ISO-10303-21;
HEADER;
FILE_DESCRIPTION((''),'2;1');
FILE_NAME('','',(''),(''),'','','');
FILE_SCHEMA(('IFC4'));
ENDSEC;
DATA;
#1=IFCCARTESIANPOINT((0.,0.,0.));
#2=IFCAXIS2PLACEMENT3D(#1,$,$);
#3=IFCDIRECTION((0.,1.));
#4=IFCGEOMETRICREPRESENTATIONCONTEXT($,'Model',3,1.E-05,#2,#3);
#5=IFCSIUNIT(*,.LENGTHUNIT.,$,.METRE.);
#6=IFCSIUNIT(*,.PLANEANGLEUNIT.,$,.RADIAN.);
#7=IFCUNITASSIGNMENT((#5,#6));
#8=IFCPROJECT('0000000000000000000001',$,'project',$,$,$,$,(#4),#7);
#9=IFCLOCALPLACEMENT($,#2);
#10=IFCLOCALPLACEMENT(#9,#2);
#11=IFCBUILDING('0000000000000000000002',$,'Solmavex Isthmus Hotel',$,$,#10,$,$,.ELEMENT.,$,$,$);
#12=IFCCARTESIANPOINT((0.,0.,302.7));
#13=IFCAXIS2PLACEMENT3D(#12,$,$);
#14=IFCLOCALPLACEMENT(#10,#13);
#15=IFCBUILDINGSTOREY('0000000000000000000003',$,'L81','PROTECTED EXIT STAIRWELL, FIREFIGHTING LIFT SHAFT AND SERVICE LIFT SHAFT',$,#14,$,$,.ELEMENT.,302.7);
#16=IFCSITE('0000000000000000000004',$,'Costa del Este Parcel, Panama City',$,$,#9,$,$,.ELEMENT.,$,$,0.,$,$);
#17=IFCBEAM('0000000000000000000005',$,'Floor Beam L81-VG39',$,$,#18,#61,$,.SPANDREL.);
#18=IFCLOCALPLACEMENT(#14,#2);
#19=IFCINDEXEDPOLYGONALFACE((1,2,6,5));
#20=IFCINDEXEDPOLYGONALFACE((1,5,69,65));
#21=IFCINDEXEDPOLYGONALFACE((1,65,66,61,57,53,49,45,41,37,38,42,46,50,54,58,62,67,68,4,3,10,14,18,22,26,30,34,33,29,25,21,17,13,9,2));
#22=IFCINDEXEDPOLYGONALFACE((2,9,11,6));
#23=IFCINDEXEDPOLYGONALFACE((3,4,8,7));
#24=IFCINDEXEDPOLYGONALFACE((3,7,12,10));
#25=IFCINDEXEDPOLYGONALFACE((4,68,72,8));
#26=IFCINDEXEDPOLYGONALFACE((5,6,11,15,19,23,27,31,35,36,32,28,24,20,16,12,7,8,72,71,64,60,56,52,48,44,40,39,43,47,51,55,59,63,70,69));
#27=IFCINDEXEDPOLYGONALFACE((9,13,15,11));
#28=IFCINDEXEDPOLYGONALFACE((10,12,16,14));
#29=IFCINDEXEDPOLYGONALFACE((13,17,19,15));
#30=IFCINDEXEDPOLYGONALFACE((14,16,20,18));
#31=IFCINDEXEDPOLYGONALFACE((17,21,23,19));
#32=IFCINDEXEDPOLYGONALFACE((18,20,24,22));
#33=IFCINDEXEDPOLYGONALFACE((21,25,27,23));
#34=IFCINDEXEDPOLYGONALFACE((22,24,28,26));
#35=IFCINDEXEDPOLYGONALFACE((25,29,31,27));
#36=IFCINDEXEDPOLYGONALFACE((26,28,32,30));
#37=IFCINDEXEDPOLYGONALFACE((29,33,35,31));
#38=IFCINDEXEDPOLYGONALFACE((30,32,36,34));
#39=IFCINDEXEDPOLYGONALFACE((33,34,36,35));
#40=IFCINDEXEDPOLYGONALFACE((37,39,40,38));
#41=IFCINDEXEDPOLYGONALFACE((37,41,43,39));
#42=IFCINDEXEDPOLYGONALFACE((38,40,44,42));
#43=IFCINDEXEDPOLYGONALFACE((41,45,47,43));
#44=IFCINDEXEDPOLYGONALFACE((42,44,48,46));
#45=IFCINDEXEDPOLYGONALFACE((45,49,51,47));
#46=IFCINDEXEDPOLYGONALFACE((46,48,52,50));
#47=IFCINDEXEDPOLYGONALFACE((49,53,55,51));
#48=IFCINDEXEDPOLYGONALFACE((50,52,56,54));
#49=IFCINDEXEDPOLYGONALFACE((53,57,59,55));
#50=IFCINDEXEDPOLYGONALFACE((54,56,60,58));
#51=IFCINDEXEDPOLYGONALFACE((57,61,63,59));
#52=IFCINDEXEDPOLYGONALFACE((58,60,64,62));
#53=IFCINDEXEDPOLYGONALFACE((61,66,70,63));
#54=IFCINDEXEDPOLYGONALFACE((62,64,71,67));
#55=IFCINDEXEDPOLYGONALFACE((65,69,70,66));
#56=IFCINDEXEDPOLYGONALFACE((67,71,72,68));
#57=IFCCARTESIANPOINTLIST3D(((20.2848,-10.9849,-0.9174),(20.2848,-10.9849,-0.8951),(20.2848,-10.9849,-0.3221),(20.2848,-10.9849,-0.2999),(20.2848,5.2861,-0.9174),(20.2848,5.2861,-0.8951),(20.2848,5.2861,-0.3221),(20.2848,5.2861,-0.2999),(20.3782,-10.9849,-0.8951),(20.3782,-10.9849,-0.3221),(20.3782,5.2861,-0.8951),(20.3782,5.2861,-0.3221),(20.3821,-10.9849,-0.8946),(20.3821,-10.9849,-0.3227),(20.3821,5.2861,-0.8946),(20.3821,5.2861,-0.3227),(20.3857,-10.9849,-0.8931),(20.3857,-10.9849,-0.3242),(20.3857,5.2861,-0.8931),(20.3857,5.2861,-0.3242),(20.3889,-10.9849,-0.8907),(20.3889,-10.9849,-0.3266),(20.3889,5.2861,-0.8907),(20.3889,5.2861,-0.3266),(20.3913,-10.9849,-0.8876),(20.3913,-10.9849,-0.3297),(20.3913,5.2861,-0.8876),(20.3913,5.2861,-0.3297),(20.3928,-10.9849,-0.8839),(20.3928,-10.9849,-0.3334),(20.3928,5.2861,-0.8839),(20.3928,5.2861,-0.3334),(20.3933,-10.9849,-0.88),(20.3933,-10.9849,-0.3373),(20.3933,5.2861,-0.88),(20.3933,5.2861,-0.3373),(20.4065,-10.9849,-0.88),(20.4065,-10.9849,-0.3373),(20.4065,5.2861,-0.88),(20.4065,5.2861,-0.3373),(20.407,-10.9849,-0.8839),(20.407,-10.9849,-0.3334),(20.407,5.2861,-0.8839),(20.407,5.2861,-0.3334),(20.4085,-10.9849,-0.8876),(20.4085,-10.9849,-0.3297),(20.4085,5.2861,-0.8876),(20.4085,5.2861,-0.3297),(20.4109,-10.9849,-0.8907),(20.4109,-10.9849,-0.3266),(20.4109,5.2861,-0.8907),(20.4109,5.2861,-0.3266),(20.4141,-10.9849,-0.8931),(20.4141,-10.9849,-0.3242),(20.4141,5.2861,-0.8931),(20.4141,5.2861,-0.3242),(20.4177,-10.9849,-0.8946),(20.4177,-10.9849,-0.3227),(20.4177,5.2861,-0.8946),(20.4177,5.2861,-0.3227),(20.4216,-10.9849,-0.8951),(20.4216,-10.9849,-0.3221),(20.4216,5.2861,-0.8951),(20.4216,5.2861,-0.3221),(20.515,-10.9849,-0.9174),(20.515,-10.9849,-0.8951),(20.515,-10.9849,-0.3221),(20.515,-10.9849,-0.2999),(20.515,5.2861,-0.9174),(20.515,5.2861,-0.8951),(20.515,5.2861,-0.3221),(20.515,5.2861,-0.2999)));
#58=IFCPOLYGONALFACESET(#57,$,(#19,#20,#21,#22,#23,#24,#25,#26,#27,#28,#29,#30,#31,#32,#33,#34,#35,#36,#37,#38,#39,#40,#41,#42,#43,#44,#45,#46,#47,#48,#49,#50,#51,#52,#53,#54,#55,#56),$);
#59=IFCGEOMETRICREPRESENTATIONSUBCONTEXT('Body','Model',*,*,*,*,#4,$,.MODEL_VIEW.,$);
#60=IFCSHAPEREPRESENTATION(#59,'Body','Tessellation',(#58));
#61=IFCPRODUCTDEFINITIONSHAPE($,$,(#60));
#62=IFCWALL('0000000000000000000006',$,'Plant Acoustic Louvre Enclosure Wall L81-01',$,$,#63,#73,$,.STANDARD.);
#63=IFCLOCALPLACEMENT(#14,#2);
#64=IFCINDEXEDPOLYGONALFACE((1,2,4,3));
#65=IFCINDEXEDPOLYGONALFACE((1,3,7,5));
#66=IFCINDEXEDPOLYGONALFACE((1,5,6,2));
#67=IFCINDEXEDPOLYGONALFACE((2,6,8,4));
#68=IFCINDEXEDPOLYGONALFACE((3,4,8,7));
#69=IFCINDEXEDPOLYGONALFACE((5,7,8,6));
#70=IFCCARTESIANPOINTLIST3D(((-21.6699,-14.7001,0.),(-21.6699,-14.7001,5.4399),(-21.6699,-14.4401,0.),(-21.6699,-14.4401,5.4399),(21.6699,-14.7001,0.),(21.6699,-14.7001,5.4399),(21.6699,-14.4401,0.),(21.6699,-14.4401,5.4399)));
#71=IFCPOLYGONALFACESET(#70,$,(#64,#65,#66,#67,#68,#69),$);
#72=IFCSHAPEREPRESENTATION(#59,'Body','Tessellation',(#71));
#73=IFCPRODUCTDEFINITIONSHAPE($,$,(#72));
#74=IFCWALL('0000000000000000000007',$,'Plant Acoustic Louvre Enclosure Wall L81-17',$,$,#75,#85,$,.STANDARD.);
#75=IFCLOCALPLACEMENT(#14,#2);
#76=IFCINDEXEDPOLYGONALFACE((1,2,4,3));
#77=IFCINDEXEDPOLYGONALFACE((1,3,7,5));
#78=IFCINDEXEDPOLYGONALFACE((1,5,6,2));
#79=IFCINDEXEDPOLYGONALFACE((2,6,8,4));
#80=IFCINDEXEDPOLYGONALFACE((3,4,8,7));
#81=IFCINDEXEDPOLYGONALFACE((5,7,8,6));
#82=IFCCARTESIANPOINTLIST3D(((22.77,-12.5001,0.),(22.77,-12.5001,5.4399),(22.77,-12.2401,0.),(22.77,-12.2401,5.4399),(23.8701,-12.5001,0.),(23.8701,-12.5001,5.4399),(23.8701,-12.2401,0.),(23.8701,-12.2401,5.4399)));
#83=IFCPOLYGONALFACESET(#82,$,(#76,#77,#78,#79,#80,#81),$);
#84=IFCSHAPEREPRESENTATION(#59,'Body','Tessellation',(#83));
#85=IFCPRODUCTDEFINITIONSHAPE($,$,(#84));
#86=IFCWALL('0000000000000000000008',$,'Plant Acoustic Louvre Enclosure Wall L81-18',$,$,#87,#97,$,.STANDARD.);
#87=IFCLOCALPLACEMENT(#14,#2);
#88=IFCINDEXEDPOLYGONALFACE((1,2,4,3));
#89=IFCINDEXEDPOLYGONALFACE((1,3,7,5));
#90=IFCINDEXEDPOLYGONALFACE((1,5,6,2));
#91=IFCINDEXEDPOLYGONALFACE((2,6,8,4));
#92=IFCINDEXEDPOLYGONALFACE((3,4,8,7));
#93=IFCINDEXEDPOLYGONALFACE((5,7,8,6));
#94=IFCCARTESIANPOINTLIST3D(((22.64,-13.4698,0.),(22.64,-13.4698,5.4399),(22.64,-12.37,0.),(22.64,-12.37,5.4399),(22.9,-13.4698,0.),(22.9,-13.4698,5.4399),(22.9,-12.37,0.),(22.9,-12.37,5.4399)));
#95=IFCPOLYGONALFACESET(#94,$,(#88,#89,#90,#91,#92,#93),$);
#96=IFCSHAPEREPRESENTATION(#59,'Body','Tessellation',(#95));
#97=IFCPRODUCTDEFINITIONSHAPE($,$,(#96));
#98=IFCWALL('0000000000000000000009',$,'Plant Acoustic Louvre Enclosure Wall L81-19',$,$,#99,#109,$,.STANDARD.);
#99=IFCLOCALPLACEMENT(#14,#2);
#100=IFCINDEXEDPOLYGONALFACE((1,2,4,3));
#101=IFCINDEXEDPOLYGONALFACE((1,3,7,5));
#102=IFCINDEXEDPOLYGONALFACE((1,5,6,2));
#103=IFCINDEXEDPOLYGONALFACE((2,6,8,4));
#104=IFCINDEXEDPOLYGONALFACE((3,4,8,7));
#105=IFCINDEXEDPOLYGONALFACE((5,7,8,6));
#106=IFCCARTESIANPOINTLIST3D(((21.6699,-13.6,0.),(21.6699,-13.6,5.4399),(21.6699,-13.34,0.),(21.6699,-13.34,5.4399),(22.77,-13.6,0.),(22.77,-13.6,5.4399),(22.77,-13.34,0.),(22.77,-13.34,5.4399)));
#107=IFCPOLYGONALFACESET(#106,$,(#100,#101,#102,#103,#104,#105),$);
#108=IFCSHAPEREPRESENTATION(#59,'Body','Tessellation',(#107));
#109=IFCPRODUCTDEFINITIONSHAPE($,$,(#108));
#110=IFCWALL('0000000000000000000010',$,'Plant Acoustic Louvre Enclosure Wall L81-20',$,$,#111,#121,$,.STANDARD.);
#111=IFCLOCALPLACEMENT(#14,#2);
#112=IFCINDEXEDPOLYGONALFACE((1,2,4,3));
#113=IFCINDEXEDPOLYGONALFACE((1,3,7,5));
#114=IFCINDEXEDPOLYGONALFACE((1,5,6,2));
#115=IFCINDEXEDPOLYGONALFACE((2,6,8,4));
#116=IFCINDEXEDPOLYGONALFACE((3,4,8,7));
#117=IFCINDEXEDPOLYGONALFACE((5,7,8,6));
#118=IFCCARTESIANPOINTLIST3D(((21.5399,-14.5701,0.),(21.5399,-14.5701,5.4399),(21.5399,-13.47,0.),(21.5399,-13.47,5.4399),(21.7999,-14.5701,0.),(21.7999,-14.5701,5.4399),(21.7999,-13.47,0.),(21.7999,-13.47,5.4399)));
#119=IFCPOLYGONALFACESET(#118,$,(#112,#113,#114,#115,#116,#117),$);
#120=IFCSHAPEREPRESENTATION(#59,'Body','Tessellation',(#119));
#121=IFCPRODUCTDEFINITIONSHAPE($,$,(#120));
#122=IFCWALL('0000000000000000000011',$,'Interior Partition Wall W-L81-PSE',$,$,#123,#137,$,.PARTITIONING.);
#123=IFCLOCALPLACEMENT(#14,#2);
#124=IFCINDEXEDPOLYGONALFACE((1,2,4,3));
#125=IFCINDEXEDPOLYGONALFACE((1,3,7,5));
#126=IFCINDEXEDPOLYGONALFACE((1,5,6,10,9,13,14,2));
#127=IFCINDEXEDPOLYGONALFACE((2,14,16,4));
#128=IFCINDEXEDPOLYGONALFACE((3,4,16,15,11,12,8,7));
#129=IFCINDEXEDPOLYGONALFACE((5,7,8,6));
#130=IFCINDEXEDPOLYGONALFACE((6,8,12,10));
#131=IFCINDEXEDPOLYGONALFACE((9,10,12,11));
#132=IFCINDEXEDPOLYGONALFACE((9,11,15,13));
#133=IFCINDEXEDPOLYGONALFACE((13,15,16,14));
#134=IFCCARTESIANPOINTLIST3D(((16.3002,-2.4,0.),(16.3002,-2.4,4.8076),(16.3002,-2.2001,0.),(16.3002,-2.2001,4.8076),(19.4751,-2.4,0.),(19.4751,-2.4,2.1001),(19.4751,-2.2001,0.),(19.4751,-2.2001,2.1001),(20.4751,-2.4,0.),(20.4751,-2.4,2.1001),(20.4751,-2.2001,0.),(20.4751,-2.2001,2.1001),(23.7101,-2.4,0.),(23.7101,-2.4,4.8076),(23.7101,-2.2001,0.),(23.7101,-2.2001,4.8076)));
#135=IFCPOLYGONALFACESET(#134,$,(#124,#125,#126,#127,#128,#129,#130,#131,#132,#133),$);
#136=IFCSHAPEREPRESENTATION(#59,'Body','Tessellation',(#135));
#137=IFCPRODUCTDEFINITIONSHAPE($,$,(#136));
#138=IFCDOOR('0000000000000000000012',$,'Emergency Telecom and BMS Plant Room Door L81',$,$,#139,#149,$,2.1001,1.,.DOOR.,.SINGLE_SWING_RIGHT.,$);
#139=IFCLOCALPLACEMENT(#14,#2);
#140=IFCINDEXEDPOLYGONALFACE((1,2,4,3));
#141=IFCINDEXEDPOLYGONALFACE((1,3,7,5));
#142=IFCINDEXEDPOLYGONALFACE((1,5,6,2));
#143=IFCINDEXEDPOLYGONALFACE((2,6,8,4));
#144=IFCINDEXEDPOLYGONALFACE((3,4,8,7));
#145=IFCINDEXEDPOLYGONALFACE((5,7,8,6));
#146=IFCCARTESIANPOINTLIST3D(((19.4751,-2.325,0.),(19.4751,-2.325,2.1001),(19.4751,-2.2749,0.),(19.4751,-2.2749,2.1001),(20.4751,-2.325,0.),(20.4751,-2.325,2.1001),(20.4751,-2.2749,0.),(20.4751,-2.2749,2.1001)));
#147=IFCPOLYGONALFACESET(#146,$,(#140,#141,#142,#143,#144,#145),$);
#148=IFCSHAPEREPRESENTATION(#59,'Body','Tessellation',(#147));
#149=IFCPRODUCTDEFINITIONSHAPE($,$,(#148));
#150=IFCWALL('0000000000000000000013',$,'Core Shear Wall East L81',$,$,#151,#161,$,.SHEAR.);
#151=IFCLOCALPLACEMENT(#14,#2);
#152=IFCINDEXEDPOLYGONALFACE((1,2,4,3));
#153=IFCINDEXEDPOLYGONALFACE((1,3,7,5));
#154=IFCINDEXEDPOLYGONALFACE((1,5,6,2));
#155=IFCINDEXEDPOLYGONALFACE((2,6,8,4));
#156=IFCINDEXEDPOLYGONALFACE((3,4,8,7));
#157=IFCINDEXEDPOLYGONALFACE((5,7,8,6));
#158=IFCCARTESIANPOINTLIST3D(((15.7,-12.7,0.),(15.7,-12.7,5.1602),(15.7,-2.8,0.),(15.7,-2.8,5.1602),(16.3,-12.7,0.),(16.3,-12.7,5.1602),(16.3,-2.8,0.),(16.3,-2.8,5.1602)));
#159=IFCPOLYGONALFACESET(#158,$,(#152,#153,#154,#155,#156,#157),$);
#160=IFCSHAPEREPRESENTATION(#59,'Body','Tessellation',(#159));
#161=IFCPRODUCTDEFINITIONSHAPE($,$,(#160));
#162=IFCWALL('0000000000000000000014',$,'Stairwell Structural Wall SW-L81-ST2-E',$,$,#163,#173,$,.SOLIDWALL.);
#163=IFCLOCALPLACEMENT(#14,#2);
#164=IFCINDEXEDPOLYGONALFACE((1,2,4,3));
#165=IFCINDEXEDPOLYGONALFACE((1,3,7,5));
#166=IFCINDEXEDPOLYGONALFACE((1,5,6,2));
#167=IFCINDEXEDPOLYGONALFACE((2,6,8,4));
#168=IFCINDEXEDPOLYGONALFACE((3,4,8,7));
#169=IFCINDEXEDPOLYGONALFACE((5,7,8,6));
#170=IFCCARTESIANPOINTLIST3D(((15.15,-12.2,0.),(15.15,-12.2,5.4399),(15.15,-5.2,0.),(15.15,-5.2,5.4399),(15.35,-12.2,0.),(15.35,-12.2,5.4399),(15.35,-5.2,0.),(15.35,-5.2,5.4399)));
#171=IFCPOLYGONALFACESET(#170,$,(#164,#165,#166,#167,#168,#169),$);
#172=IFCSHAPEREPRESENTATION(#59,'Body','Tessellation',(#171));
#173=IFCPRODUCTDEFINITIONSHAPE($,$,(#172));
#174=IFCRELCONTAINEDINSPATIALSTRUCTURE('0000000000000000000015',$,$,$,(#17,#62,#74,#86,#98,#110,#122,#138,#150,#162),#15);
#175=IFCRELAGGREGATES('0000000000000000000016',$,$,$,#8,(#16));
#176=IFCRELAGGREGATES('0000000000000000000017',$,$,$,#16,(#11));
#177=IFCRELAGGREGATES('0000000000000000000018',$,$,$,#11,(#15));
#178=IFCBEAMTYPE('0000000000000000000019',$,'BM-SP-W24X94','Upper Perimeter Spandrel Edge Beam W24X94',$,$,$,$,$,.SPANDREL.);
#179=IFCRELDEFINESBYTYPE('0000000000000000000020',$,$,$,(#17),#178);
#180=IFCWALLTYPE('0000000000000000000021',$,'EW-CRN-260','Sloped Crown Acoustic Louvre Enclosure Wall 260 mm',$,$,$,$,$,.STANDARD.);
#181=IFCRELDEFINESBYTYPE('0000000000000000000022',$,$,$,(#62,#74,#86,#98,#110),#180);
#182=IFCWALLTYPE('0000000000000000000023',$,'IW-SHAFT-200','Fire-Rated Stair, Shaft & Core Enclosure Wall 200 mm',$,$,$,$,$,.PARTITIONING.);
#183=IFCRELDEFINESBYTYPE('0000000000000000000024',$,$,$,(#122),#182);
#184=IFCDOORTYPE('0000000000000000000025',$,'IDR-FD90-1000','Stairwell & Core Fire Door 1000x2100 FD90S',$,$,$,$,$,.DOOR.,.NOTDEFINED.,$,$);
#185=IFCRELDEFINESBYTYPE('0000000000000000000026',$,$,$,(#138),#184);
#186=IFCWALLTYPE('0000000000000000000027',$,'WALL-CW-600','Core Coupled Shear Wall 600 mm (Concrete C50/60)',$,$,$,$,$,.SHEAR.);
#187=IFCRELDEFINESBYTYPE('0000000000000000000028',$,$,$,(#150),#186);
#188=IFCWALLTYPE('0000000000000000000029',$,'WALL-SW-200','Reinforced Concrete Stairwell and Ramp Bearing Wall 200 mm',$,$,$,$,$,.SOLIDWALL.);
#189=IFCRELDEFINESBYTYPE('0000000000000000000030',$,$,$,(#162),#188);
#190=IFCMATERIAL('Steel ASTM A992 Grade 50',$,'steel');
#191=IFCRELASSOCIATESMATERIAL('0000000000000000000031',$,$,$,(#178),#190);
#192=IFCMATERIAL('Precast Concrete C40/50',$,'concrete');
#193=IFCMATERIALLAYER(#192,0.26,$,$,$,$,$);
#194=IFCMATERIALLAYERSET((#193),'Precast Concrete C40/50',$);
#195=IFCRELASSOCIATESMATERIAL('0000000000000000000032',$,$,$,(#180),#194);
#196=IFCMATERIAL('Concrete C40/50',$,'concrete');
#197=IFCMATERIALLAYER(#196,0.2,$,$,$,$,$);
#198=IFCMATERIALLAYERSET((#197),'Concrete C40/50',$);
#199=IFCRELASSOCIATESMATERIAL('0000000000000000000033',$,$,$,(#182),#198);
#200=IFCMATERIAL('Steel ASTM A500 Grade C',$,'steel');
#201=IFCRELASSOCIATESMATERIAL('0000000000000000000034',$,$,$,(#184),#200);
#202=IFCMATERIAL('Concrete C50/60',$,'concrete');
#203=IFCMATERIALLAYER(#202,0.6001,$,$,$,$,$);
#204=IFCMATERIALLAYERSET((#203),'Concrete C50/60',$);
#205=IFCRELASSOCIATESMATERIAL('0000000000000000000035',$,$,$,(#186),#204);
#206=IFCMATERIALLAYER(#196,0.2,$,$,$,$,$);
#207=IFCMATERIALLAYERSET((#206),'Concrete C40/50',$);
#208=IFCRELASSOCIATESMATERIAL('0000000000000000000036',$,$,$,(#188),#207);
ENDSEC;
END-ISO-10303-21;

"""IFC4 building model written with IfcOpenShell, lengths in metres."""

from ifc_helpers import new_model, si_unit, direction, frame, frame_2d, origin, origin_2d, place, context, subcontext, project, spatial, rectangle, i_section, extrude, material, layer, layer_set, material_profile, profile_set, type_object, element, fill, save


model = new_model("IFC4")

# Units and contexts
model_context = context("Model", 3, precision=1e-05, world=origin(), true_north=direction((0.0, 1.0)))
body_context = subcontext(model_context, "Body", "Model", "MODEL_VIEW")
ifc_project = project(units=[si_unit("LENGTHUNIT", "METRE"), si_unit("PLANEANGLEUNIT", "RADIAN")], contexts=[model_context])

# Site, building, storey
site_placement = place(None, origin())
site = spatial("IfcSite", under=ifc_project, at=site_placement, Name="Costa del Este Parcel, Panama City", CompositionType="ELEMENT", RefElevation=0.0)
building_placement = place(site_placement, origin())
building = spatial("IfcBuilding", under=site, at=building_placement, Name="Solmavex Isthmus Hotel", CompositionType="ELEMENT")
storey_placement = place(building_placement, frame((0.0, 0.0, 302.7)))
storey = spatial("IfcBuildingStorey", under=building, at=storey_placement, Name="L81", Description="PROTECTED EXIT STAIRWELL, FIREFIGHTING LIFT SHAFT AND SERVICE LIFT SHAFT", CompositionType="ELEMENT", Elevation=302.7)

# Shared definitions
ifc_material_1 = material(Name="Concrete C50/60", Category="concrete")

# Beam
ifc_material_2 = material(Name="Steel ASTM A992 Grade 50", Category="steel")
ifc_material_profile_1 = material_profile(ifc_material_2, i_section(OverallWidth=0.2302, OverallDepth=0.6174, WebThickness=0.0132, FlangeThickness=0.0222, FilletRadius=0.0151, at=origin_2d()), Name="W24X94")
ifc_profile_set_1 = profile_set([ifc_material_profile_1], Name="Steel ASTM A992 Grade 50")
beam_type_1 = type_object("IfcBeamType", Name="BM-SP-W24X94", Description="Upper Perimeter Spandrel Edge Beam W24X94", PredefinedType="SPANDREL", material=ifc_profile_set_1)
beam_1_placement = place(storey_placement, frame((20.3999, -10.9849, -0.6086), z_axis=(0.0, 1.0, 0.0), x_axis=(-1.0, 0.0, 0.0)))
element("IfcBeam", 1, at=beam_1_placement, inside=storey, type_object=beam_type_1, Name="Floor Beam L81-VG39", PredefinedType="SPANDREL", context=body_context, shape_type="SweptSolid", body=[
    extrude(i_section(OverallWidth=0.2302, OverallDepth=0.6174, WebThickness=0.0132, FlangeThickness=0.0222, FilletRadius=0.0151, at=origin_2d()), origin(), (0.0, 0.0, 1.0), 16.271),
])

# Walls
ifc_material_3 = material(Name="Precast Concrete C40/50", Category="concrete")
ifc_layer_1 = layer(ifc_material_3, 0.26)
ifc_layer_set_1 = layer_set([ifc_layer_1], Name="Precast Concrete C40/50")
wall_type_1 = type_object("IfcWallType", Name="EW-CRN-260", Description="Sloped Crown Acoustic Louvre Enclosure Wall 260 mm", PredefinedType="STANDARD", material=ifc_layer_set_1)
wall_1_placement = place(storey_placement, frame((21.6699, -14.5701, 0.0), z_axis=(0.0, 0.0, 1.0), x_axis=(-1.0, 0.0, 0.0)))
element("IfcWall", 2, at=wall_1_placement, inside=storey, type_object=wall_type_1, Name="Plant Acoustic Louvre Enclosure Wall L81-01", PredefinedType="STANDARD", context=body_context, shape_type="SweptSolid", body=[
    extrude(rectangle(XDim=43.3398, YDim=0.26, at=frame_2d((21.6699, 0.0))), origin(), (0.0, 0.0, 1.0), 5.4399),
])
wall_2_placement = place(storey_placement, frame((23.8701, -12.3701, 0.0), z_axis=(0.0, 0.0, 1.0), x_axis=(-1.0, 0.0, 0.0)))
element("IfcWall", 3, at=wall_2_placement, inside=storey, type_object=wall_type_1, Name="Plant Acoustic Louvre Enclosure Wall L81-17", PredefinedType="STANDARD", context=body_context, shape_type="SweptSolid", body=[
    extrude(rectangle(XDim=1.1001, YDim=0.26, at=frame_2d((0.55, 0.0))), origin(), (0.0, 0.0, 1.0), 5.4399),
])
wall_3_placement = place(storey_placement, frame((22.77, -12.3701, 0.0), z_axis=(0.0, 0.0, 1.0), x_axis=(0.0, -1.0, 0.0)))
element("IfcWall", 4, at=wall_3_placement, inside=storey, type_object=wall_type_1, Name="Plant Acoustic Louvre Enclosure Wall L81-18", PredefinedType="STANDARD", context=body_context, shape_type="SweptSolid", body=[
    extrude(rectangle(XDim=1.0999, YDim=0.26, at=frame_2d((0.5498, 0.0))), origin(), (0.0, 0.0, 1.0), 5.4399),
])
for number, where, z_axis, x_axis, name in (
    (5, (22.77, -13.47, 0.0), (0.0, 0.0, 1.0), (-1.0, 0.0, 0.0), "Plant Acoustic Louvre Enclosure Wall L81-19"),
    (6, (21.6699, -13.47, 0.0), (0.0, 0.0, 1.0), (0.0, -1.0, 0.0), "Plant Acoustic Louvre Enclosure Wall L81-20"),
):
    element("IfcWall", number, at=place(storey_placement, frame(where, z_axis=z_axis, x_axis=x_axis)), inside=storey, type_object=wall_type_1, Name=name, PredefinedType="STANDARD", context=body_context, shape_type="SweptSolid", body=[
        extrude(rectangle(XDim=1.1001, YDim=0.26, at=frame_2d((0.55, 0.0))), origin(), (0.0, 0.0, 1.0), 5.4399),
    ])

# Wall, opening, door
ifc_material_4 = material(Name="Concrete C40/50", Category="concrete")
ifc_layer_2 = layer(ifc_material_4, 0.2)
ifc_layer_set_2 = layer_set([ifc_layer_2], Name="Concrete C40/50")
wall_type_2 = type_object("IfcWallType", Name="IW-SHAFT-200", Description="Fire-Rated Stair, Shaft & Core Enclosure Wall 200 mm", PredefinedType="PARTITIONING", material=ifc_layer_set_2)
wall_4_placement = place(storey_placement, frame((16.3, -2.3, 0.0), z_axis=(0.0, 0.0, 1.0), x_axis=(1.0, 0.0, 0.0)))
wall_4 = element("IfcWall", 7, at=wall_4_placement, inside=storey, type_object=wall_type_2, Name="Interior Partition Wall W-L81-PSE", PredefinedType="PARTITIONING", context=body_context, shape_type="SweptSolid", body=[
    extrude(rectangle(XDim=7.4099, YDim=0.2, at=frame_2d((3.7051, 0.0))), origin(), (0.0, 0.0, 1.0), 4.8076),
])
opening_placement = place(wall_4_placement, frame((3.175, 0.0, 0.0)))
opening = element("IfcOpeningElement", 8, at=opening_placement, cuts=wall_4, PredefinedType="OPENING", context=body_context, shape_type="SweptSolid", body=[
    extrude(rectangle(XDim=1.0, YDim=2.1001, at=frame_2d((0.5, 1.05))), frame((0.0, 0.1099, 0.0), z_axis=(0.0, -1.0, 0.0), x_axis=(1.0, 0.0, 0.0)), (0.0, 0.0, 1.0), 0.22),
])
ifc_material_5 = material(Name="Steel ASTM A500 Grade C", Category="steel")
door_type = type_object("IfcDoorType", Name="IDR-FD90-1000", Description="Stairwell & Core Fire Door 1000x2100 FD90S", OperationType="NOTDEFINED", PredefinedType="DOOR", material=ifc_material_5)
door_placement = place(opening_placement, frame((1.0, 0.0, 0.0), z_axis=(0.0, 0.0, 1.0), x_axis=(-1.0, 0.0, 0.0)))
door = element("IfcDoor", 9, at=door_placement, inside=storey, type_object=door_type, Name="Emergency Telecom and BMS Plant Room Door L81", OperationType="SINGLE_SWING_RIGHT", OverallHeight=2.1001, OverallWidth=1.0, PredefinedType="DOOR", context=body_context, shape_type="SweptSolid", body=[
    extrude(rectangle(XDim=1.0, YDim=2.1001, at=frame_2d((0.5, 1.05))), frame((0.0, 0.0249, 0.0), z_axis=(0.0, -1.0, 0.0), x_axis=(1.0, 0.0, 0.0)), (0.0, 0.0, 1.0), 0.05),
])
fill(opening, door)

# Walls
ifc_layer_3 = layer(ifc_material_1, 0.6001)
ifc_layer_set_3 = layer_set([ifc_layer_3], Name="Concrete C50/60")
wall_type_3 = type_object("IfcWallType", Name="WALL-CW-600", Description="Core Coupled Shear Wall 600 mm (Concrete C50/60)", PredefinedType="SHEAR", material=ifc_layer_set_3)
wall_5_placement = place(storey_placement, frame((16.0, -12.7, 0.0), z_axis=(0.0, 0.0, 1.0), x_axis=(0.0, 1.0, 0.0)))
element("IfcWall", 10, at=wall_5_placement, inside=storey, type_object=wall_type_3, Name="Core Shear Wall East L81", PredefinedType="SHEAR", context=body_context, shape_type="SweptSolid", body=[
    extrude(rectangle(XDim=9.8999, YDim=0.6001, at=frame_2d((4.95, 0.0))), origin(), (0.0, 0.0, 1.0), 5.1602),
])
ifc_layer_4 = layer(ifc_material_4, 0.2)
ifc_layer_set_4 = layer_set([ifc_layer_4], Name="Concrete C40/50")
wall_type_4 = type_object("IfcWallType", Name="WALL-SW-200", Description="Reinforced Concrete Stairwell and Ramp Bearing Wall 200 mm", PredefinedType="SOLIDWALL", material=ifc_layer_set_4)
wall_6_placement = place(storey_placement, frame((15.25, -12.2, 0.0), z_axis=(0.0, 0.0, 1.0), x_axis=(0.0, 1.0, 0.0)))
element("IfcWall", 11, at=wall_6_placement, inside=storey, type_object=wall_type_4, Name="Stairwell Structural Wall SW-L81-ST2-E", PredefinedType="SOLIDWALL", context=body_context, shape_type="SweptSolid", body=[
    extrude(rectangle(XDim=7.0, YDim=0.2, at=frame_2d((3.5, 0.0))), origin(), (0.0, 0.0, 1.0), 5.4399),
])

save(model, "model.ifc")
